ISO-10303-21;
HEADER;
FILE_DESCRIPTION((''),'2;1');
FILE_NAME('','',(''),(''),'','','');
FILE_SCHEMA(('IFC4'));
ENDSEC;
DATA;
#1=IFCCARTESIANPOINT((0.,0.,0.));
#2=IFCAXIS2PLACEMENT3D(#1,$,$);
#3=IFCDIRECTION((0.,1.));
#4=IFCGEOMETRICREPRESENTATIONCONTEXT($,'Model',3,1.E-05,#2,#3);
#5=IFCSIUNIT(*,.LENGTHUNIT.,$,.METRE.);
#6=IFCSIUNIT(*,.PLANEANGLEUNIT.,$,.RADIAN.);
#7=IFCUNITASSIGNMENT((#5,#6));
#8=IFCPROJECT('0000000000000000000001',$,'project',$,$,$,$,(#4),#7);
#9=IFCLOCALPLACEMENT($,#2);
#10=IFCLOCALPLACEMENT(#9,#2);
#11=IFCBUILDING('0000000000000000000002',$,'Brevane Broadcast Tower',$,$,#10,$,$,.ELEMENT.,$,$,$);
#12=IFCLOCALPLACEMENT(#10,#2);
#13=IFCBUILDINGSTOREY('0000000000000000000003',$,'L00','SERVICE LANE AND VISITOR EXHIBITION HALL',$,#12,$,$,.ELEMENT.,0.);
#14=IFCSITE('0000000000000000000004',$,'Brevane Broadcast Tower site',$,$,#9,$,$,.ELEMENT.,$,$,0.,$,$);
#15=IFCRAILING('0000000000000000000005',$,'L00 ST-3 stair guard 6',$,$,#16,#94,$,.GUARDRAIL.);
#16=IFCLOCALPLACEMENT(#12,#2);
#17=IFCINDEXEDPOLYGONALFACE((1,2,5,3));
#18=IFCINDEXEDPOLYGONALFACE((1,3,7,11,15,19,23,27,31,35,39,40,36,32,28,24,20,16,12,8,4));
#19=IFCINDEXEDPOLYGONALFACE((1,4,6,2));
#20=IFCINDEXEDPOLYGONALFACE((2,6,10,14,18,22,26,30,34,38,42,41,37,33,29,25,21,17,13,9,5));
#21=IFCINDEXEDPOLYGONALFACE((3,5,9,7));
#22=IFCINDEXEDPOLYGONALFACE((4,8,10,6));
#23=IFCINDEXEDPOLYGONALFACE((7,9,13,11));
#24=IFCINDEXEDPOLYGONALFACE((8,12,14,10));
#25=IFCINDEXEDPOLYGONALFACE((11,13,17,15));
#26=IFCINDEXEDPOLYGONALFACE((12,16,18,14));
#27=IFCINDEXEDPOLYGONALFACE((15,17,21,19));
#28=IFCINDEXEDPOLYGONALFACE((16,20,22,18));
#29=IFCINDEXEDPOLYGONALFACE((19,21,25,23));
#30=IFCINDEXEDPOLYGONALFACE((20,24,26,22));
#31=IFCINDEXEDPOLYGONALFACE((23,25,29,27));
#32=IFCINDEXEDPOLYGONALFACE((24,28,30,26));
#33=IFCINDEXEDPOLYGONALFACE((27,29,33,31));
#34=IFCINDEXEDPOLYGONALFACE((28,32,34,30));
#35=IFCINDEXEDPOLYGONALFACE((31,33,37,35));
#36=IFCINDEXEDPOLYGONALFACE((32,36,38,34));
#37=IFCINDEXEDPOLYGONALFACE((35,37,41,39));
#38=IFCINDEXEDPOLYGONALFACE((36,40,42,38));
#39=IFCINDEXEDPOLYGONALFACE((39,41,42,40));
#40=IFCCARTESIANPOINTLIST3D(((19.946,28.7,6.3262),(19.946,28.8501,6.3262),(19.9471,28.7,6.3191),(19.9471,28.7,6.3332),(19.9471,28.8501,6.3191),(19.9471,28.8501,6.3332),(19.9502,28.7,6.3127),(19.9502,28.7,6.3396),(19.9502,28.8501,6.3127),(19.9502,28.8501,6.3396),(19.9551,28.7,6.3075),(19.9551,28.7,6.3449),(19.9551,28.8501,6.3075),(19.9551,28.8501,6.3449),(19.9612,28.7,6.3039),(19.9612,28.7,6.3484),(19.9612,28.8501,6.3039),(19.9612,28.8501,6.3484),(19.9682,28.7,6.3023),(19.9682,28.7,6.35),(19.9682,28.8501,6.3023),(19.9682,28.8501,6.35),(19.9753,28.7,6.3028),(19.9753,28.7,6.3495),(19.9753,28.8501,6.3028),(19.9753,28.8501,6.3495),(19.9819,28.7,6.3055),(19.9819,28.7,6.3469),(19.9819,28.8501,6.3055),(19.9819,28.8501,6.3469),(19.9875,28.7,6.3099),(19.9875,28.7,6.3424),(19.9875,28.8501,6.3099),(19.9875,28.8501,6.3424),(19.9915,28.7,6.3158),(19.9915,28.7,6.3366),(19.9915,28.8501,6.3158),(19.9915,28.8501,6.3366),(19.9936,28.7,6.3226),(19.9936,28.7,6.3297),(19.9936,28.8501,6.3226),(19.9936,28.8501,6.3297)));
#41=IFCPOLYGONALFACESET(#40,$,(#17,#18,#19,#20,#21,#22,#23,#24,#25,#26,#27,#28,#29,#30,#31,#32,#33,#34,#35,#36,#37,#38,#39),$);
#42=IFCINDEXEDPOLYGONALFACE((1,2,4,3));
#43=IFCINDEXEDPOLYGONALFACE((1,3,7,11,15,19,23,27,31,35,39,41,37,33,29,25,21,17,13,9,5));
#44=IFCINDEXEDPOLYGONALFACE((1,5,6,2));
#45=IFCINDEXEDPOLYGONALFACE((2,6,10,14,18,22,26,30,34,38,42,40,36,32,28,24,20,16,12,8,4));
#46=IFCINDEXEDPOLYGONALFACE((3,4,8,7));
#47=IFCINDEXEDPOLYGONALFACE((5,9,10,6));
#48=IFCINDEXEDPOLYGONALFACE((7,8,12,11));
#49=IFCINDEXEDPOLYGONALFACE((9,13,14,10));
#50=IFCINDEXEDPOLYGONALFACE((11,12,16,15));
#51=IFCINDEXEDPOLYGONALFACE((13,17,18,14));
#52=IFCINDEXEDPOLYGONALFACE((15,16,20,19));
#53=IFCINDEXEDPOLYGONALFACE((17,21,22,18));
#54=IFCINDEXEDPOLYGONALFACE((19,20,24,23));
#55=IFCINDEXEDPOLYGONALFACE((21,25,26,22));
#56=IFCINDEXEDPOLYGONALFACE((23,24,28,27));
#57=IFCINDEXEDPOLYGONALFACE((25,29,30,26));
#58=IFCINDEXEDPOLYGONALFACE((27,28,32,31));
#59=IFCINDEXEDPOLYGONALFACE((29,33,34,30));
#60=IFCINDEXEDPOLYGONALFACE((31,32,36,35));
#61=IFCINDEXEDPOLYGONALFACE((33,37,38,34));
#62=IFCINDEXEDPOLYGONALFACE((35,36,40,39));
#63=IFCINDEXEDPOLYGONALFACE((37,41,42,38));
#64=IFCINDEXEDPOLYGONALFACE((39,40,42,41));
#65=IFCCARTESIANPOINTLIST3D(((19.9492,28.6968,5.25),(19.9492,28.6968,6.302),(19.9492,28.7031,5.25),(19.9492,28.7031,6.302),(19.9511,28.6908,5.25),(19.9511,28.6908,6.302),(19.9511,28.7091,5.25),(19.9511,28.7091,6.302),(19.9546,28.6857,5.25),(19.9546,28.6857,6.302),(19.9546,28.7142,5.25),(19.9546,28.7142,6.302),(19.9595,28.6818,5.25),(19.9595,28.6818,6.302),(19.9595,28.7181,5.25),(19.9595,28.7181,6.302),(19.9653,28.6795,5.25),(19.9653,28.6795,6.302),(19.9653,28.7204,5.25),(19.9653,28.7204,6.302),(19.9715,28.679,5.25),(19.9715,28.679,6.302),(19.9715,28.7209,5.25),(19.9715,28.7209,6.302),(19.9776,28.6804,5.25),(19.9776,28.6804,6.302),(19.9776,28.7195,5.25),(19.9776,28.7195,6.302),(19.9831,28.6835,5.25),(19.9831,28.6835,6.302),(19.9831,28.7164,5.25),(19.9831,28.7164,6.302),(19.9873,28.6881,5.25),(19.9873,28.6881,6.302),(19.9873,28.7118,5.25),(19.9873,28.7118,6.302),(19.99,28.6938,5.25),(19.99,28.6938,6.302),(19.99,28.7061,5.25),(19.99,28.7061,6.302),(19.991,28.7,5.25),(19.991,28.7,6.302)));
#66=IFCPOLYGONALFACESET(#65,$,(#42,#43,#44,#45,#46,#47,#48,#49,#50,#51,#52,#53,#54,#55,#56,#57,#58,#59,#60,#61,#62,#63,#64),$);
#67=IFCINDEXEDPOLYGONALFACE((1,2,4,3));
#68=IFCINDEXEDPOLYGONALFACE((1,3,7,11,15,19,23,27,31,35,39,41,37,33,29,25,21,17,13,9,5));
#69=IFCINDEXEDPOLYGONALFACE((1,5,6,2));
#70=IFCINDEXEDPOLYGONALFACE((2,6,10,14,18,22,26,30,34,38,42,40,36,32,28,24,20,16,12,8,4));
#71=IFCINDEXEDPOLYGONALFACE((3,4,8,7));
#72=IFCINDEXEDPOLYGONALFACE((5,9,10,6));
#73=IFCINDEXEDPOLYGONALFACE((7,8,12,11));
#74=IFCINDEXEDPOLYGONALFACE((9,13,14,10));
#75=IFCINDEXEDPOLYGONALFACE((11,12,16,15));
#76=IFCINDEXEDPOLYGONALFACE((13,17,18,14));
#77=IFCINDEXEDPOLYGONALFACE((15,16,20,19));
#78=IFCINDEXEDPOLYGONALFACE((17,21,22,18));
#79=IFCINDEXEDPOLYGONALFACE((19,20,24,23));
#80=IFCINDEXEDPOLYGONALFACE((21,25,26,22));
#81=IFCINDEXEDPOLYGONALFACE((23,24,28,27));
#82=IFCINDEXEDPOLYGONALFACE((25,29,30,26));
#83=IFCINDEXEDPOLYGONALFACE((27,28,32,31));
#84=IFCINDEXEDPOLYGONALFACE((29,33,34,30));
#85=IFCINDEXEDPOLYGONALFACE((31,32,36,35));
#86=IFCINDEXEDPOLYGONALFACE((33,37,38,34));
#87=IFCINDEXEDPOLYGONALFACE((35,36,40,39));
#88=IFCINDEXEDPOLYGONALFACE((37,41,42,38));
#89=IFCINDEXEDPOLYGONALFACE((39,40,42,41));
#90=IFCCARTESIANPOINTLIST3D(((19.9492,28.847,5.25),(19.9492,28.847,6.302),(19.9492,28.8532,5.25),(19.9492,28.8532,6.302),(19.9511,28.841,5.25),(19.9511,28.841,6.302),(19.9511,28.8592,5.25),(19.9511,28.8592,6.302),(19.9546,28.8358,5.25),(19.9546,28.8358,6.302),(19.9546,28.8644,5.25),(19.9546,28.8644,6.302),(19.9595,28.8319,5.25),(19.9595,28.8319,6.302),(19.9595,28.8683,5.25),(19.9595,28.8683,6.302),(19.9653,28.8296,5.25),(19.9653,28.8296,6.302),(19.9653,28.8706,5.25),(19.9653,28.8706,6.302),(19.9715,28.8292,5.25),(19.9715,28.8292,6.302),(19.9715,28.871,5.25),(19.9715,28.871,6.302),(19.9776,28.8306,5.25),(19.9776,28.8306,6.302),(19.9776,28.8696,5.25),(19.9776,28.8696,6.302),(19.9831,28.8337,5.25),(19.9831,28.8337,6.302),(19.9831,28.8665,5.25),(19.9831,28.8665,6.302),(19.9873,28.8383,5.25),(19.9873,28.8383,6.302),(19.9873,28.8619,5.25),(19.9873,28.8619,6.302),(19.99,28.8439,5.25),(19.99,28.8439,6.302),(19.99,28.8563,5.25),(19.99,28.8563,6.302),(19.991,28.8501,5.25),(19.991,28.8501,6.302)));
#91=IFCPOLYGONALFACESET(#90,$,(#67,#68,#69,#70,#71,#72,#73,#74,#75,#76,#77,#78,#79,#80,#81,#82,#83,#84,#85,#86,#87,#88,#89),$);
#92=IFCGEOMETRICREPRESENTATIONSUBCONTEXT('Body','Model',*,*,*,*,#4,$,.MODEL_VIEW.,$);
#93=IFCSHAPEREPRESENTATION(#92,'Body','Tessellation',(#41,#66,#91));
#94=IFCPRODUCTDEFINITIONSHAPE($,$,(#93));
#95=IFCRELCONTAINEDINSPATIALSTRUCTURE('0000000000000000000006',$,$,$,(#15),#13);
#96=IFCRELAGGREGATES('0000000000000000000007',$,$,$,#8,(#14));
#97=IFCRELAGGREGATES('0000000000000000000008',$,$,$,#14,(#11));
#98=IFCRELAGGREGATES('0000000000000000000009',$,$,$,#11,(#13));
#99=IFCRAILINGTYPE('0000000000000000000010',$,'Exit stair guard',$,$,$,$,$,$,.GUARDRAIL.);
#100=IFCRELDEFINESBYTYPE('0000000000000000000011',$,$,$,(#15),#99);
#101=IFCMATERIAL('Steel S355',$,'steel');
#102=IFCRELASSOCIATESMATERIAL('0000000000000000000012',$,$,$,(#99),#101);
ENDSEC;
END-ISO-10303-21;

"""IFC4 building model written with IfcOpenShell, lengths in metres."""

from ifc_helpers import new_model, si_unit, direction, frame, origin, origin_2d, place, context, subcontext, project, spatial, circle, extrude, material, type_object, element, save


model = new_model("IFC4")

# Units and contexts
model_context = context("Model", 3, precision=1e-05, world=origin(), true_north=direction((0.0, 1.0)))
body_context = subcontext(model_context, "Body", "Model", "MODEL_VIEW")
ifc_project = project(units=[si_unit("LENGTHUNIT", "METRE"), si_unit("PLANEANGLEUNIT", "RADIAN")], contexts=[model_context])

# Site, building, storey
site_placement = place(None, origin())
site = spatial("IfcSite", under=ifc_project, at=site_placement, Name="Brevane Broadcast Tower site", CompositionType="ELEMENT", RefElevation=0.0)
building_placement = place(site_placement, origin())
building = spatial("IfcBuilding", under=site, at=building_placement, Name="Brevane Broadcast Tower", CompositionType="ELEMENT")
storey_placement = place(building_placement, origin())
storey = spatial("IfcBuildingStorey", under=building, at=storey_placement, Name="L00", Description="SERVICE LANE AND VISITOR EXHIBITION HALL", CompositionType="ELEMENT", Elevation=0.0)

# Railing
ifc_material_1 = material(Name="Steel S355", Category="steel")
railing_type_1 = type_object("IfcRailingType", Name="Exit stair guard", PredefinedType="GUARDRAIL", material=ifc_material_1)
railing_1_placement = place(storey_placement, frame((19.97, 28.7, 5.25)))
element("IfcRailing", 1, at=railing_1_placement, inside=storey, type_object=railing_type_1, Name="L00 ST-3 stair guard 6", PredefinedType="GUARDRAIL", context=body_context, shape_type="SweptSolid", body=[
    extrude(circle(Radius=0.0239, at=origin_2d()), frame((0.0, 0.0, 1.0762), z_axis=(0.0, 1.0, 0.0), x_axis=(-1.0, 0.0, 0.0)), (0.0, 0.0, 1.0), 0.1501),
    extrude(circle(Radius=0.021, at=origin_2d()), origin(), (0.0, 0.0, 1.0), 1.052),
    extrude(circle(Radius=0.021, at=origin_2d()), frame((0.0, 0.1501, 0.0)), (0.0, 0.0, 1.0), 1.052),
])

save(model, "model.ifc")
